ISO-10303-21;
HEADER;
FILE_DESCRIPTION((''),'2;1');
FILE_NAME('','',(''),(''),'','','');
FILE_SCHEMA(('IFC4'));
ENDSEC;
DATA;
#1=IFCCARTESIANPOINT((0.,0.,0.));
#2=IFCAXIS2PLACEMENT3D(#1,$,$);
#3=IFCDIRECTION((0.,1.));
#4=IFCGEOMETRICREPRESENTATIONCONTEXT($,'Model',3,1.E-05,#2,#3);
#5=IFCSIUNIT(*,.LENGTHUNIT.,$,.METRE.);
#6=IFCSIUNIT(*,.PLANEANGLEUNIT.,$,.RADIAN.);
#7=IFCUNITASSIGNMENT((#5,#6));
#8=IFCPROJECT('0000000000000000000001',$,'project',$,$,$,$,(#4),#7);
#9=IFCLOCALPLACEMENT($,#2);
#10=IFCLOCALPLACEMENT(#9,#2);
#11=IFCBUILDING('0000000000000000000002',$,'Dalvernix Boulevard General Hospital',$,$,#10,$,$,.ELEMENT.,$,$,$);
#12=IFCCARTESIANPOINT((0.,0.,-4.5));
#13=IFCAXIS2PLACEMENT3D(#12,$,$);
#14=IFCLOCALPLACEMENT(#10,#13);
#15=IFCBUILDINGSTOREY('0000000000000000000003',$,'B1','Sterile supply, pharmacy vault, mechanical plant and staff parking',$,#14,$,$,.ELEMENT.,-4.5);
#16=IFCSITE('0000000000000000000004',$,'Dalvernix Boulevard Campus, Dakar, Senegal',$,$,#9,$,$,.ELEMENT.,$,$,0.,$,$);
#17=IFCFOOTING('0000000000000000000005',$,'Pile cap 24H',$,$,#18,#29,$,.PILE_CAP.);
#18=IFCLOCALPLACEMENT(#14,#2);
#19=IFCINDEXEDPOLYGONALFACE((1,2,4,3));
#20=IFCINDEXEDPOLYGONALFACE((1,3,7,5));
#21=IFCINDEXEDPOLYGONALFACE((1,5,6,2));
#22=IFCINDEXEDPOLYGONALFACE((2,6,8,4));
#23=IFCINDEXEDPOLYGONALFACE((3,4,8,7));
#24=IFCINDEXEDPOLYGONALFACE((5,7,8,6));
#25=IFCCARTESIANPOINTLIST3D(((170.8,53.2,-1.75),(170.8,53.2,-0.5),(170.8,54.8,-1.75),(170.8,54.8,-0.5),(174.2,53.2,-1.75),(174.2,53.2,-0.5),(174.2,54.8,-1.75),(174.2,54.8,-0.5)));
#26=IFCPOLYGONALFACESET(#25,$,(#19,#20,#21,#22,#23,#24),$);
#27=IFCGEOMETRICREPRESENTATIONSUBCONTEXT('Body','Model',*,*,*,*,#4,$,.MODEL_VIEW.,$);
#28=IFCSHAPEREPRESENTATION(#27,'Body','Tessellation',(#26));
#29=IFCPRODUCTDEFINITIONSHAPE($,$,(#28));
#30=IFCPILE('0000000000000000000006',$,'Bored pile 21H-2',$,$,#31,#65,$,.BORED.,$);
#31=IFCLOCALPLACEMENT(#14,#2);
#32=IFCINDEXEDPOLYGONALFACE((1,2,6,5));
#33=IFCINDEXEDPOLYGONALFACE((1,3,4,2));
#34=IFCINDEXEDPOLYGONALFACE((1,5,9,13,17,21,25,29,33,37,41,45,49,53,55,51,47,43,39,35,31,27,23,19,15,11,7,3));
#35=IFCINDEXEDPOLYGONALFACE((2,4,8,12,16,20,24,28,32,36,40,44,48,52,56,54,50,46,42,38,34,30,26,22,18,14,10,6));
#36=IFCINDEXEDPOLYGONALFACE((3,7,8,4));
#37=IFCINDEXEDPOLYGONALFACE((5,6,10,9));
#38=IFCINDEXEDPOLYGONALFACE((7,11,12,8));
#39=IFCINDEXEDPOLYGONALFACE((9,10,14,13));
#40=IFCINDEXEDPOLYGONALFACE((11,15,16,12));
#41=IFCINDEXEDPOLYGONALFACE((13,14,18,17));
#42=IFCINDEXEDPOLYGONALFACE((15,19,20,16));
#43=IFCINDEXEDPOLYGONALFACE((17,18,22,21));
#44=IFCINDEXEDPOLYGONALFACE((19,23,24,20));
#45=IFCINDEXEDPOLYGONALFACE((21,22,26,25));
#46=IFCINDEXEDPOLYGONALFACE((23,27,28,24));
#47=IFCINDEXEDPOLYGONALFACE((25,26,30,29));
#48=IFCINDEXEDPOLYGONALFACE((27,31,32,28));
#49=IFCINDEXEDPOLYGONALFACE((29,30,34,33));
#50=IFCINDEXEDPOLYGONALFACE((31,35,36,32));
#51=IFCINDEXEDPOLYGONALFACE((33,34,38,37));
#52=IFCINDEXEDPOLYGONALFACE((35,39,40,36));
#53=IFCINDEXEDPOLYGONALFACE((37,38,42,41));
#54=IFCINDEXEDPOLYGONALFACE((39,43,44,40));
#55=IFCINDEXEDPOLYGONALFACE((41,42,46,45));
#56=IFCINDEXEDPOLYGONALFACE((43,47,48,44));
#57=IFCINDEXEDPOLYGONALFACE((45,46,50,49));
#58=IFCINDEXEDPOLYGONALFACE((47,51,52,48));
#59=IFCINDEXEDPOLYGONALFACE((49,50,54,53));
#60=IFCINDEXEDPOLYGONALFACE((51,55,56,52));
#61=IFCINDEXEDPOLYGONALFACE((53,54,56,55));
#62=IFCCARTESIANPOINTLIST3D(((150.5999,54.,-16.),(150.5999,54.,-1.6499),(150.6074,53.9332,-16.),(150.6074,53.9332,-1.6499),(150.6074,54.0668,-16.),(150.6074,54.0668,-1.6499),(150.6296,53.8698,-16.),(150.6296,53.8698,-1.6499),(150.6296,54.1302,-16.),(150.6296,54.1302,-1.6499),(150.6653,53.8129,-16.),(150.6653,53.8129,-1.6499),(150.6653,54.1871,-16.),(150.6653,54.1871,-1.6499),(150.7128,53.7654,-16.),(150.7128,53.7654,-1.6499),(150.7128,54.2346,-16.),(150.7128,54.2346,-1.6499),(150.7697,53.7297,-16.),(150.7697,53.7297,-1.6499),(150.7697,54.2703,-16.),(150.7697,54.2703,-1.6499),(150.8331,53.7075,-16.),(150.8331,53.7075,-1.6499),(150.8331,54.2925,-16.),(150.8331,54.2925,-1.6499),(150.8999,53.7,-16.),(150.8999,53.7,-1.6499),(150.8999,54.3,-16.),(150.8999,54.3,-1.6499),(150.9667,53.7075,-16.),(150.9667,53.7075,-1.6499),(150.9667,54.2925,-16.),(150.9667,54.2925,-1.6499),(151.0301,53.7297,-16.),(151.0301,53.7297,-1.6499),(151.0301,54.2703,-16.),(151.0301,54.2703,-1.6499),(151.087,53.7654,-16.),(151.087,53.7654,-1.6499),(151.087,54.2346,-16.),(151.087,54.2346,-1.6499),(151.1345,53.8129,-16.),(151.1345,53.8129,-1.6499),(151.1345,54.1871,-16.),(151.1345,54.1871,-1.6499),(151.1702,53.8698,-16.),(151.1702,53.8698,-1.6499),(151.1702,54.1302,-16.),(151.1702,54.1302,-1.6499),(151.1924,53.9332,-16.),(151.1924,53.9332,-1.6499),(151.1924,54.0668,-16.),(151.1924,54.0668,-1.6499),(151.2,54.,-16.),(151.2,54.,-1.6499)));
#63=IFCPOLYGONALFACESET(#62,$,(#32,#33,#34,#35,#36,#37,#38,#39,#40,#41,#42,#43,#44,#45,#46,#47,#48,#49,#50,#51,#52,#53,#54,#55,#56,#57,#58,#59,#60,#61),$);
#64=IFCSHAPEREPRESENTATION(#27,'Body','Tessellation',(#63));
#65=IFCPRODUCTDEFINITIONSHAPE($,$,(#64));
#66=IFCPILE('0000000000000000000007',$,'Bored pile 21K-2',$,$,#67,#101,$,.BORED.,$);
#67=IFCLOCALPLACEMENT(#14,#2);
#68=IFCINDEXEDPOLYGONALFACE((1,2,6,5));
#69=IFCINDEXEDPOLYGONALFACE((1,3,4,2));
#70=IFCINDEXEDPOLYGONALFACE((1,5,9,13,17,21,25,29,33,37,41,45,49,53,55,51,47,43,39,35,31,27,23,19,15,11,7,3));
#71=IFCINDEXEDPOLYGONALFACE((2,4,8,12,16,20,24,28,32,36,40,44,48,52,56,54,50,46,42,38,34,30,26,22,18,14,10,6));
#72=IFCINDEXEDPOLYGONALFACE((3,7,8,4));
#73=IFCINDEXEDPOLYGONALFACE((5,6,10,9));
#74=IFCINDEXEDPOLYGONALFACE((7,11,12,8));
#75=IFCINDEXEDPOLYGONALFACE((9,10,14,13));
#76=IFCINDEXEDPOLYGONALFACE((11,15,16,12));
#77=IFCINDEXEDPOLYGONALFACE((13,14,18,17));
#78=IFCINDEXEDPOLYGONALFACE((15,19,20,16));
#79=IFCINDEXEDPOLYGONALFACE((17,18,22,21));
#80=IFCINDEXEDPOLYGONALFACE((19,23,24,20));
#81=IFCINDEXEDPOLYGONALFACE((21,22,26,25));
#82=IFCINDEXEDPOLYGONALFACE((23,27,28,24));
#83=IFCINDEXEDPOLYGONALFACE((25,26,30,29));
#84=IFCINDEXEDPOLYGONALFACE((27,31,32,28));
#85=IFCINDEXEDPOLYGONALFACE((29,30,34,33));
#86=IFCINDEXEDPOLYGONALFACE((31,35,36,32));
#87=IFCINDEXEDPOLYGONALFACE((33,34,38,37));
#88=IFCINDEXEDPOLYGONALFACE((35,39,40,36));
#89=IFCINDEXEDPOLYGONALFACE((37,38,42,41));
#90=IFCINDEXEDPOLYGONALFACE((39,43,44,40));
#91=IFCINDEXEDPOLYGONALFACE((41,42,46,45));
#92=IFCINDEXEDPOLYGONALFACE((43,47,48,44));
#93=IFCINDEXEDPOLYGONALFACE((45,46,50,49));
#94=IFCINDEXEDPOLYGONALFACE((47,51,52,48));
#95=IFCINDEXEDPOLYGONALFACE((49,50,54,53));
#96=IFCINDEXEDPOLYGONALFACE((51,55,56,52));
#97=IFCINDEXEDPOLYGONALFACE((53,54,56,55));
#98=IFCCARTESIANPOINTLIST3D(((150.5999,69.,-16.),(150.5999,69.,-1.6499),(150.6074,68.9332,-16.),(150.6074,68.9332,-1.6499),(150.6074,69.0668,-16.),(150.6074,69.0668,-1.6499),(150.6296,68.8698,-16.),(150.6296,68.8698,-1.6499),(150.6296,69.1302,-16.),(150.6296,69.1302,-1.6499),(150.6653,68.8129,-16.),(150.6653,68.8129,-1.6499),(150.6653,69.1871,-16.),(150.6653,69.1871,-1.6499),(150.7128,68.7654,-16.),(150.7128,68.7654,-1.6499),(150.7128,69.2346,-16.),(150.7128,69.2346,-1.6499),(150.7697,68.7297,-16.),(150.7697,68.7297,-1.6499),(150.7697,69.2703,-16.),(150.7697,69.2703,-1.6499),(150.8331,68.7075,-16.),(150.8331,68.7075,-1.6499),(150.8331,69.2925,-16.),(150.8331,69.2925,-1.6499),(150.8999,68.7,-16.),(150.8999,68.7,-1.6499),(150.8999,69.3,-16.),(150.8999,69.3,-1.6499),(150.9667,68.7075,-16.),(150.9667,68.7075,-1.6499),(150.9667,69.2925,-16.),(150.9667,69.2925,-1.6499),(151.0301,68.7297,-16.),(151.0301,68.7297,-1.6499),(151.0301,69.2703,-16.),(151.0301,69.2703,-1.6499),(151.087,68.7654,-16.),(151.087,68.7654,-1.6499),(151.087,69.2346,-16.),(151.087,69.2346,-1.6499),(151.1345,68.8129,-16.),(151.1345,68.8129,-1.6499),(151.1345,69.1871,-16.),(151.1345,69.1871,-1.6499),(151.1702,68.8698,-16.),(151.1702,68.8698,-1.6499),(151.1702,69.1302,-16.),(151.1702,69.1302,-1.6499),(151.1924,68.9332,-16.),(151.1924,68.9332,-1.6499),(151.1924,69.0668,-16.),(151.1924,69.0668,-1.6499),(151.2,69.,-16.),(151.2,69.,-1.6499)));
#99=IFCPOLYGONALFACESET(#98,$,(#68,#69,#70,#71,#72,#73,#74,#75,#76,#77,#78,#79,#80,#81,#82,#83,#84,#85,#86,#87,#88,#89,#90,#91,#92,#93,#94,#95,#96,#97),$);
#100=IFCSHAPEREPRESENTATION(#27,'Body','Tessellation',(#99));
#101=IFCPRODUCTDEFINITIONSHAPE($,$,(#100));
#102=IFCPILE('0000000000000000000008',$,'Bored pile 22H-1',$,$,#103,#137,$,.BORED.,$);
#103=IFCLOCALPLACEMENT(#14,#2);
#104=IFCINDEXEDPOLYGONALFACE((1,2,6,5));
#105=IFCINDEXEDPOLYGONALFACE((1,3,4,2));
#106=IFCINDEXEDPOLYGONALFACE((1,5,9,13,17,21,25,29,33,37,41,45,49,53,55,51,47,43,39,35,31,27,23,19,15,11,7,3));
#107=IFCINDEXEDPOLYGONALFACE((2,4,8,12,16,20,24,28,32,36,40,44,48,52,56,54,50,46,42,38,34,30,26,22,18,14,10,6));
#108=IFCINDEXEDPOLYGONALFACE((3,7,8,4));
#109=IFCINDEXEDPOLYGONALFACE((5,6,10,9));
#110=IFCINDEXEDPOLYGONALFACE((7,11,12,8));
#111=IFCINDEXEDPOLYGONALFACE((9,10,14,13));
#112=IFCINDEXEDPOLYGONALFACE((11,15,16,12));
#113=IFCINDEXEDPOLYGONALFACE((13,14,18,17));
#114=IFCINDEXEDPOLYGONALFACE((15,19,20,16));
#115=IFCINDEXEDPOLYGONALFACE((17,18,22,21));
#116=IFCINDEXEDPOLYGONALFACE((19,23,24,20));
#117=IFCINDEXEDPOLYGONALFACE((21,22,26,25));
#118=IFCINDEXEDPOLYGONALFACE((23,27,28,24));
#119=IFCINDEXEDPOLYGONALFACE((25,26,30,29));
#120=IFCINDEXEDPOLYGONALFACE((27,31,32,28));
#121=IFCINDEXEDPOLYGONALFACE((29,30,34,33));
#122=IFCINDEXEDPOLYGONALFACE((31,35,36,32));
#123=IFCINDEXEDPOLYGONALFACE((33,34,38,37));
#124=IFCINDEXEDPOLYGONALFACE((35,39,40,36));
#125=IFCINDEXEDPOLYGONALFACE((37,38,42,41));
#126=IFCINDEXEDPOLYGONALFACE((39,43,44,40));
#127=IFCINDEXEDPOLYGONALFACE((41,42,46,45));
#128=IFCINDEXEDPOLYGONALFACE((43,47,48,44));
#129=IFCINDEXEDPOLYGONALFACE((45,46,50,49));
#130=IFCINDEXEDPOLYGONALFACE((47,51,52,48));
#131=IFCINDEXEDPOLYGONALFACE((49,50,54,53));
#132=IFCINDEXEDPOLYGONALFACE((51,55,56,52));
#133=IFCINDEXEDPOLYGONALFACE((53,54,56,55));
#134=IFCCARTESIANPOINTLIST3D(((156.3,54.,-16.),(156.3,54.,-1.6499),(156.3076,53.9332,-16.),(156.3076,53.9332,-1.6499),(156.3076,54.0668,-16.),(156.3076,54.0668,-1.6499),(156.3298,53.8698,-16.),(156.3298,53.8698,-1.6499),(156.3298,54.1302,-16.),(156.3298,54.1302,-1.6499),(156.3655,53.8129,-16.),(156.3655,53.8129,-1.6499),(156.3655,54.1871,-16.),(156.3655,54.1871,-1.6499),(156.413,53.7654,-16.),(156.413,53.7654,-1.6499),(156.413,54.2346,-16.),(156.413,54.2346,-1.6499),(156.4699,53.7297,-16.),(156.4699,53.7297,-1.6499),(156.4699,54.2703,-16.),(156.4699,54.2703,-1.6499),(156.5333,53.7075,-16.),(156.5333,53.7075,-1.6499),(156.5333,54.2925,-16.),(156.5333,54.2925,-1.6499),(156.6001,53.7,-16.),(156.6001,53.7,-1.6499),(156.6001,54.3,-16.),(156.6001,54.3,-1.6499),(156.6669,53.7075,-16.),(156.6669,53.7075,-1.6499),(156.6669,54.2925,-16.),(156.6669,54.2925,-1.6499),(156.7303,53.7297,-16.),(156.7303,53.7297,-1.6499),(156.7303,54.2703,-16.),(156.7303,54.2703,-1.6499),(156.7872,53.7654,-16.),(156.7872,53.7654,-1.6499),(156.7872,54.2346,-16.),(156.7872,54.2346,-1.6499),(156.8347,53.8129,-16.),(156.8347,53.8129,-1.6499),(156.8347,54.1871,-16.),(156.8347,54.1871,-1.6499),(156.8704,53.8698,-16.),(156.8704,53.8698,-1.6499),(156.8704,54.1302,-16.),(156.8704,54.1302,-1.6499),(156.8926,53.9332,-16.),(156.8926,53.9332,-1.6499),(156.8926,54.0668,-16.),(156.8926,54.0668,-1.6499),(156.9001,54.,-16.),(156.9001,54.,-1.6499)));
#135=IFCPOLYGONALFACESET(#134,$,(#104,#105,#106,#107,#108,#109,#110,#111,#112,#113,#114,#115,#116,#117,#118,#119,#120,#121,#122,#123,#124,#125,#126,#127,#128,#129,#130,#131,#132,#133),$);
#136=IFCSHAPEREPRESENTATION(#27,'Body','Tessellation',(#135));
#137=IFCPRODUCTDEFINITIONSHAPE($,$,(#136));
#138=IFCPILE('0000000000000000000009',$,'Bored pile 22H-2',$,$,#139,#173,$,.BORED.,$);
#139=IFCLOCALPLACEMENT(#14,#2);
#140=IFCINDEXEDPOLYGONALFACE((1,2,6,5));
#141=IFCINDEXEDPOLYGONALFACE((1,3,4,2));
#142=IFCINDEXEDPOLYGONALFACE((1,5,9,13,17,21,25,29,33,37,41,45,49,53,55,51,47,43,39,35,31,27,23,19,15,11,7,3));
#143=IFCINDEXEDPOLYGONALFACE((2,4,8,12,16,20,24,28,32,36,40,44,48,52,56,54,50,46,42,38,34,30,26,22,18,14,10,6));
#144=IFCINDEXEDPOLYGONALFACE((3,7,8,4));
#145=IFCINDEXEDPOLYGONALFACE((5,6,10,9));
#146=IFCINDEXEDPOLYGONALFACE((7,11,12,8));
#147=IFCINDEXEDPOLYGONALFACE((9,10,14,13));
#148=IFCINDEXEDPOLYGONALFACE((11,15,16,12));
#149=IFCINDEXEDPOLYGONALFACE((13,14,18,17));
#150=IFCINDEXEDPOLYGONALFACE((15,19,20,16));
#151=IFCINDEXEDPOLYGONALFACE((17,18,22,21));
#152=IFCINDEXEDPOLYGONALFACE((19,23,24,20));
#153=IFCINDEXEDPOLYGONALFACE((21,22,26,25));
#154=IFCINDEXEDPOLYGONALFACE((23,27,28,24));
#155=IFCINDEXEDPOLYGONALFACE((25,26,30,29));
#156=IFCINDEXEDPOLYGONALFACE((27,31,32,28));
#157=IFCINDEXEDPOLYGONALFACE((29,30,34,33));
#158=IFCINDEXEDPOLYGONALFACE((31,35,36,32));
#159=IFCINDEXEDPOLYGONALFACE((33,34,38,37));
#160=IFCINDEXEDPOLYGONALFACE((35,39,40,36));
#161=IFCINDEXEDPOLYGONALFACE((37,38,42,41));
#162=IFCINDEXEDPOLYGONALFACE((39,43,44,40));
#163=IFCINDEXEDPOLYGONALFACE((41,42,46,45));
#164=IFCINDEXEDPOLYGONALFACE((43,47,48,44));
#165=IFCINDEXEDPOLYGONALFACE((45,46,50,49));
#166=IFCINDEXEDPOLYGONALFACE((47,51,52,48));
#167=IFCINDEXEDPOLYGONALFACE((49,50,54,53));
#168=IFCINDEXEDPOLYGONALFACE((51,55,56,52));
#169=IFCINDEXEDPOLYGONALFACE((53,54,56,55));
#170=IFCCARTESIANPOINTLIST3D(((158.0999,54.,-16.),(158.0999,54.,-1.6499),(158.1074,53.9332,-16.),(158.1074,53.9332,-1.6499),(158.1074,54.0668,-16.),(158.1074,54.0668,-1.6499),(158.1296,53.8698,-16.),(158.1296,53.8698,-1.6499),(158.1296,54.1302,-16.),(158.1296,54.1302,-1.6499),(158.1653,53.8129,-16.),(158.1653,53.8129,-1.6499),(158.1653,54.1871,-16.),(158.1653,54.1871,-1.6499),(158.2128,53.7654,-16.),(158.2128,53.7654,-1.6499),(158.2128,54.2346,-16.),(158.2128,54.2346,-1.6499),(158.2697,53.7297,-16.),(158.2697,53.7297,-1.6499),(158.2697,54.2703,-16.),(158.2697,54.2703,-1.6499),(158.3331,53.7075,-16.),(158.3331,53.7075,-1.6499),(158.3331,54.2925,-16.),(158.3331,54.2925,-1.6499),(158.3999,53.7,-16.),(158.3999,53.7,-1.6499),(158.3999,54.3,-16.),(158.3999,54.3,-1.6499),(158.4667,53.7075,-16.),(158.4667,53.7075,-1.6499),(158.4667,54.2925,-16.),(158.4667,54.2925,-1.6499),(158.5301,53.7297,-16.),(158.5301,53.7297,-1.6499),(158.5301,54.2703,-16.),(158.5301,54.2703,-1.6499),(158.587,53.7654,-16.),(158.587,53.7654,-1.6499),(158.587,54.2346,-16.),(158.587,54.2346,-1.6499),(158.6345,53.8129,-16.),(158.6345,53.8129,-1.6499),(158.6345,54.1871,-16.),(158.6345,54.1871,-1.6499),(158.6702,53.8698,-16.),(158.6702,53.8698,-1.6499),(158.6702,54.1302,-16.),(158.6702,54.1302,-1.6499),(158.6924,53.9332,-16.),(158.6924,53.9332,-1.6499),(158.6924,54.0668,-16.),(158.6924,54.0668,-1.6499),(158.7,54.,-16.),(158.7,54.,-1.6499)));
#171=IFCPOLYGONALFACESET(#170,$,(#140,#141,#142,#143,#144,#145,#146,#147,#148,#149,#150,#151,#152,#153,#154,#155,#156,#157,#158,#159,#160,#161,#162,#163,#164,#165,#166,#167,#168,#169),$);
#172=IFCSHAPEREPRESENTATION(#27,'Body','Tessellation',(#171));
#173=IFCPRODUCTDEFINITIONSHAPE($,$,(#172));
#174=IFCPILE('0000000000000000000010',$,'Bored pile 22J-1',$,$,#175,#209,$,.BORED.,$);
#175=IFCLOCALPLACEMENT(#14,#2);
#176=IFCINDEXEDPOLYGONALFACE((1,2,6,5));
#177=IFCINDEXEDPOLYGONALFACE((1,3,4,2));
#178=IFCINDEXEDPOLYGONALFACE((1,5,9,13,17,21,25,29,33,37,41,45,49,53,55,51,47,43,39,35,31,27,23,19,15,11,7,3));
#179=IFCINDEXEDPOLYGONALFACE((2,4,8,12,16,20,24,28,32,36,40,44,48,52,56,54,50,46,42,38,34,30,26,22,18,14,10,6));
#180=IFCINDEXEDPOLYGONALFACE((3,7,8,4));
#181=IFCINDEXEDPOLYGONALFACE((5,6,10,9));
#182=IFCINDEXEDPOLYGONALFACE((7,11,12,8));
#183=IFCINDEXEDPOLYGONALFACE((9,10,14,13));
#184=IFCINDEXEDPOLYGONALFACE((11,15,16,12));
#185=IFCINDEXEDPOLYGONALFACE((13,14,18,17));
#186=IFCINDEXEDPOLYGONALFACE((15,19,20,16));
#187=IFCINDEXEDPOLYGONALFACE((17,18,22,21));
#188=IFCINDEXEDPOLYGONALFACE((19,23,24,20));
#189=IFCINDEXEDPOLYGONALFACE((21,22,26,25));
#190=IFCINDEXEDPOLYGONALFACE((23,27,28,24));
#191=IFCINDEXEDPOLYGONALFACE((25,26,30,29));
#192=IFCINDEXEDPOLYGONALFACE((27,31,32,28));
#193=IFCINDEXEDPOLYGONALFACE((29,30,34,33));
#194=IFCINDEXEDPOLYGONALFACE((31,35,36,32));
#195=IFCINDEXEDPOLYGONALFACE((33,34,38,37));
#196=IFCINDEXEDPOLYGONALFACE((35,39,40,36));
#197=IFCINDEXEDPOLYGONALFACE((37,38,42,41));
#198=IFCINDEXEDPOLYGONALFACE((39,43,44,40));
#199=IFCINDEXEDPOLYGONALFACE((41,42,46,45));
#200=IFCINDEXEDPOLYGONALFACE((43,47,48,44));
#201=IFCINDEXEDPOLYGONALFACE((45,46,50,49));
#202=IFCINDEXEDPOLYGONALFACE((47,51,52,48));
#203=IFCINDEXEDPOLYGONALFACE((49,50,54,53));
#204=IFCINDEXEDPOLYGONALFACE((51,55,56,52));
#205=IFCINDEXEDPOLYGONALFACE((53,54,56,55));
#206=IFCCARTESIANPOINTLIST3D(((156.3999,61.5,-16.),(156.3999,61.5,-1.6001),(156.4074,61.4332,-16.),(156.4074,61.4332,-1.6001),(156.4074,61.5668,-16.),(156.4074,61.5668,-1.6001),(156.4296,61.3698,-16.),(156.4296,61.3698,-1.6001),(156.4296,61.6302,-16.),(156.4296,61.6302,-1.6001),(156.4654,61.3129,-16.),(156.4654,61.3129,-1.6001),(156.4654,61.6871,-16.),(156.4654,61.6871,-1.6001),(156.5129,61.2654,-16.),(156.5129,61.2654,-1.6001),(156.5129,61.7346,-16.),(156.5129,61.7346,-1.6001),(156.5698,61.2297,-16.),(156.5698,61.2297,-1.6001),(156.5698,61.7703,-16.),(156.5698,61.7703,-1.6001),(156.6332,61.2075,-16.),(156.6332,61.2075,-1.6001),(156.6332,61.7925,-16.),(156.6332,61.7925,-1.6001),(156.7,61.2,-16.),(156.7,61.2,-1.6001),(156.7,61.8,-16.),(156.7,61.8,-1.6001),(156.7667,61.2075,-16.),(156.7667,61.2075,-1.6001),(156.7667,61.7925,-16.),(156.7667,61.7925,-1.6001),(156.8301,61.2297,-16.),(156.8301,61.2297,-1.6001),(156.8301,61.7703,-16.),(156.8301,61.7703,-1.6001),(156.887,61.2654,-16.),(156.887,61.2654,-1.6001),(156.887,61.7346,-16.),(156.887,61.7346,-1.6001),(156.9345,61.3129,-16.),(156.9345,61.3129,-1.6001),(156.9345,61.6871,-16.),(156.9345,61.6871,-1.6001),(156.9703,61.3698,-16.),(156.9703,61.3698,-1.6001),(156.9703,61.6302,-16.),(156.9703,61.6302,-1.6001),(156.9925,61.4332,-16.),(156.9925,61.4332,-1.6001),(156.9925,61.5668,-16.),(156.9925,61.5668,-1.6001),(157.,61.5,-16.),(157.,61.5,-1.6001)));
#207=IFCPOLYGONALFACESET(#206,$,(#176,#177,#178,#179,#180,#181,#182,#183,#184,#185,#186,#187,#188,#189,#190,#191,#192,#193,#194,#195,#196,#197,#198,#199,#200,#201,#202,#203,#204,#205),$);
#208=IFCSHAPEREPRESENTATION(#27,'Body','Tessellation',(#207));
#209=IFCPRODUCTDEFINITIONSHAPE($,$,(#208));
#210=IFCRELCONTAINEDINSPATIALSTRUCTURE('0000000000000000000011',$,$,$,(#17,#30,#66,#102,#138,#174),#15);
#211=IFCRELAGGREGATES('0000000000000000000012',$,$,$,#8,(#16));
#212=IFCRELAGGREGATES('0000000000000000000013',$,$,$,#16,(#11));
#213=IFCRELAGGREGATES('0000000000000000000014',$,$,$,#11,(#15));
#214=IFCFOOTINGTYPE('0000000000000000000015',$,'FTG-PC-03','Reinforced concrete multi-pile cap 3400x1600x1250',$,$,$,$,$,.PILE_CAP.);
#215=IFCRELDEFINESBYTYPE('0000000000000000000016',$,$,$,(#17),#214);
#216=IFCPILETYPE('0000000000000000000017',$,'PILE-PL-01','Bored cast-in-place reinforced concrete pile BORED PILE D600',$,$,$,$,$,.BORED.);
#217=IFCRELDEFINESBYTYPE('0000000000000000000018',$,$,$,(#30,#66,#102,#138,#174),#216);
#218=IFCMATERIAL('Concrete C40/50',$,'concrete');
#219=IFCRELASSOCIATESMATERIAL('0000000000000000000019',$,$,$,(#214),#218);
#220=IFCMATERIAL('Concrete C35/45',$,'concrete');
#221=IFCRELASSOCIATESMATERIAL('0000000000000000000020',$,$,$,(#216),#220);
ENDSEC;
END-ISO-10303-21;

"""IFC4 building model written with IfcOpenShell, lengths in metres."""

from ifc_helpers import new_model, si_unit, direction, frame, origin, origin_2d, place, context, subcontext, project, spatial, rectangle, circle, extrude, material, material_profile, profile_set, type_object, element, save


model = new_model("IFC4")

# Units and contexts
model_context = context("Model", 3, precision=1e-05, world=origin(), true_north=direction((0.0, 1.0)))
body_context = subcontext(model_context, "Body", "Model", "MODEL_VIEW")
ifc_project = project(units=[si_unit("LENGTHUNIT", "METRE"), si_unit("PLANEANGLEUNIT", "RADIAN")], contexts=[model_context])

# Site, building, storey
site_placement = place(None, origin())
site = spatial("IfcSite", under=ifc_project, at=site_placement, Name="Dalvernix Boulevard Campus, Dakar, Senegal", CompositionType="ELEMENT", RefElevation=0.0)
building_placement = place(site_placement, origin())
building = spatial("IfcBuilding", under=site, at=building_placement, Name="Dalvernix Boulevard General Hospital", CompositionType="ELEMENT")
storey_placement = place(building_placement, frame((0.0, 0.0, -4.5)))
storey = spatial("IfcBuildingStorey", under=building, at=storey_placement, Name="B1", Description="Sterile supply, pharmacy vault, mechanical plant and staff parking", CompositionType="ELEMENT", Elevation=-4.5)

# Footing
ifc_material_1 = material(Name="Concrete C35/45", Category="concrete")
ifc_material_2 = material(Name="Concrete C40/50", Category="concrete")
footing_type_1 = type_object("IfcFootingType", Name="FTG-PC-03", Description="Reinforced concrete multi-pile cap 3400x1600x1250", PredefinedType="PILE_CAP", material=ifc_material_2)
for number, where, z_axis, x_axis, name in (
    (1, (172.5, 54.0, -1.75), (0.0, 0.0, 1.0), (1.0, 0.0, 0.0), "Pile cap 24H"),
):
    element("IfcFooting", number, at=place(storey_placement, frame(where, z_axis=z_axis, x_axis=x_axis)), inside=storey, type_object=footing_type_1, Name=name, PredefinedType="PILE_CAP", context=body_context, shape_type="SweptSolid", body=[
        extrude(rectangle(XDim=3.3999, YDim=1.6001, at=origin_2d()), origin(), (0.0, 0.0, 1.0), 1.25),
    ])

# Piles
ifc_material_profile_1 = material_profile(ifc_material_1, circle(Radius=0.3, at=origin_2d()), Name="BORED PILE D600")
ifc_profile_set_1 = profile_set([ifc_material_profile_1], Name="Concrete C35/45")
pile_type = type_object("IfcPileType", Name="PILE-PL-01", Description="Bored cast-in-place reinforced concrete pile BORED PILE D600", PredefinedType="BORED", material=ifc_profile_set_1)
for number, where, z_axis, x_axis, name in (
    (2, (150.8999, 54.0, -1.6499), (0.0, 0.0, -1.0), (1.0, 0.0, 0.0), "Bored pile 21H-2"),
    (3, (150.8999, 69.0, -1.6499), (0.0, 0.0, -1.0), (1.0, 0.0, 0.0), "Bored pile 21K-2"),
    (4, (156.6001, 54.0, -1.6499), (0.0, 0.0, -1.0), (1.0, 0.0, 0.0), "Bored pile 22H-1"),
    (5, (158.3999, 54.0, -1.6499), (0.0, 0.0, -1.0), (1.0, 0.0, 0.0), "Bored pile 22H-2"),
):
    element("IfcPile", number, at=place(storey_placement, frame(where, z_axis=z_axis, x_axis=x_axis)), inside=storey, type_object=pile_type, Name=name, PredefinedType="BORED", context=body_context, shape_type="SweptSolid", body=[
        extrude(circle(Radius=0.3, at=origin_2d()), origin(), (0.0, 0.0, 1.0), 14.3501),
    ])
for number, where, z_axis, x_axis, name in (
    (6, (156.7, 61.5, -1.6001), (0.0, 0.0, -1.0), (1.0, 0.0, 0.0), "Bored pile 22J-1"),
):
    element("IfcPile", number, at=place(storey_placement, frame(where, z_axis=z_axis, x_axis=x_axis)), inside=storey, type_object=pile_type, Name=name, PredefinedType="BORED", context=body_context, shape_type="SweptSolid", body=[
        extrude(circle(Radius=0.3, at=origin_2d()), origin(), (0.0, 0.0, 1.0), 14.3999),
    ])

save(model, "model.ifc")
